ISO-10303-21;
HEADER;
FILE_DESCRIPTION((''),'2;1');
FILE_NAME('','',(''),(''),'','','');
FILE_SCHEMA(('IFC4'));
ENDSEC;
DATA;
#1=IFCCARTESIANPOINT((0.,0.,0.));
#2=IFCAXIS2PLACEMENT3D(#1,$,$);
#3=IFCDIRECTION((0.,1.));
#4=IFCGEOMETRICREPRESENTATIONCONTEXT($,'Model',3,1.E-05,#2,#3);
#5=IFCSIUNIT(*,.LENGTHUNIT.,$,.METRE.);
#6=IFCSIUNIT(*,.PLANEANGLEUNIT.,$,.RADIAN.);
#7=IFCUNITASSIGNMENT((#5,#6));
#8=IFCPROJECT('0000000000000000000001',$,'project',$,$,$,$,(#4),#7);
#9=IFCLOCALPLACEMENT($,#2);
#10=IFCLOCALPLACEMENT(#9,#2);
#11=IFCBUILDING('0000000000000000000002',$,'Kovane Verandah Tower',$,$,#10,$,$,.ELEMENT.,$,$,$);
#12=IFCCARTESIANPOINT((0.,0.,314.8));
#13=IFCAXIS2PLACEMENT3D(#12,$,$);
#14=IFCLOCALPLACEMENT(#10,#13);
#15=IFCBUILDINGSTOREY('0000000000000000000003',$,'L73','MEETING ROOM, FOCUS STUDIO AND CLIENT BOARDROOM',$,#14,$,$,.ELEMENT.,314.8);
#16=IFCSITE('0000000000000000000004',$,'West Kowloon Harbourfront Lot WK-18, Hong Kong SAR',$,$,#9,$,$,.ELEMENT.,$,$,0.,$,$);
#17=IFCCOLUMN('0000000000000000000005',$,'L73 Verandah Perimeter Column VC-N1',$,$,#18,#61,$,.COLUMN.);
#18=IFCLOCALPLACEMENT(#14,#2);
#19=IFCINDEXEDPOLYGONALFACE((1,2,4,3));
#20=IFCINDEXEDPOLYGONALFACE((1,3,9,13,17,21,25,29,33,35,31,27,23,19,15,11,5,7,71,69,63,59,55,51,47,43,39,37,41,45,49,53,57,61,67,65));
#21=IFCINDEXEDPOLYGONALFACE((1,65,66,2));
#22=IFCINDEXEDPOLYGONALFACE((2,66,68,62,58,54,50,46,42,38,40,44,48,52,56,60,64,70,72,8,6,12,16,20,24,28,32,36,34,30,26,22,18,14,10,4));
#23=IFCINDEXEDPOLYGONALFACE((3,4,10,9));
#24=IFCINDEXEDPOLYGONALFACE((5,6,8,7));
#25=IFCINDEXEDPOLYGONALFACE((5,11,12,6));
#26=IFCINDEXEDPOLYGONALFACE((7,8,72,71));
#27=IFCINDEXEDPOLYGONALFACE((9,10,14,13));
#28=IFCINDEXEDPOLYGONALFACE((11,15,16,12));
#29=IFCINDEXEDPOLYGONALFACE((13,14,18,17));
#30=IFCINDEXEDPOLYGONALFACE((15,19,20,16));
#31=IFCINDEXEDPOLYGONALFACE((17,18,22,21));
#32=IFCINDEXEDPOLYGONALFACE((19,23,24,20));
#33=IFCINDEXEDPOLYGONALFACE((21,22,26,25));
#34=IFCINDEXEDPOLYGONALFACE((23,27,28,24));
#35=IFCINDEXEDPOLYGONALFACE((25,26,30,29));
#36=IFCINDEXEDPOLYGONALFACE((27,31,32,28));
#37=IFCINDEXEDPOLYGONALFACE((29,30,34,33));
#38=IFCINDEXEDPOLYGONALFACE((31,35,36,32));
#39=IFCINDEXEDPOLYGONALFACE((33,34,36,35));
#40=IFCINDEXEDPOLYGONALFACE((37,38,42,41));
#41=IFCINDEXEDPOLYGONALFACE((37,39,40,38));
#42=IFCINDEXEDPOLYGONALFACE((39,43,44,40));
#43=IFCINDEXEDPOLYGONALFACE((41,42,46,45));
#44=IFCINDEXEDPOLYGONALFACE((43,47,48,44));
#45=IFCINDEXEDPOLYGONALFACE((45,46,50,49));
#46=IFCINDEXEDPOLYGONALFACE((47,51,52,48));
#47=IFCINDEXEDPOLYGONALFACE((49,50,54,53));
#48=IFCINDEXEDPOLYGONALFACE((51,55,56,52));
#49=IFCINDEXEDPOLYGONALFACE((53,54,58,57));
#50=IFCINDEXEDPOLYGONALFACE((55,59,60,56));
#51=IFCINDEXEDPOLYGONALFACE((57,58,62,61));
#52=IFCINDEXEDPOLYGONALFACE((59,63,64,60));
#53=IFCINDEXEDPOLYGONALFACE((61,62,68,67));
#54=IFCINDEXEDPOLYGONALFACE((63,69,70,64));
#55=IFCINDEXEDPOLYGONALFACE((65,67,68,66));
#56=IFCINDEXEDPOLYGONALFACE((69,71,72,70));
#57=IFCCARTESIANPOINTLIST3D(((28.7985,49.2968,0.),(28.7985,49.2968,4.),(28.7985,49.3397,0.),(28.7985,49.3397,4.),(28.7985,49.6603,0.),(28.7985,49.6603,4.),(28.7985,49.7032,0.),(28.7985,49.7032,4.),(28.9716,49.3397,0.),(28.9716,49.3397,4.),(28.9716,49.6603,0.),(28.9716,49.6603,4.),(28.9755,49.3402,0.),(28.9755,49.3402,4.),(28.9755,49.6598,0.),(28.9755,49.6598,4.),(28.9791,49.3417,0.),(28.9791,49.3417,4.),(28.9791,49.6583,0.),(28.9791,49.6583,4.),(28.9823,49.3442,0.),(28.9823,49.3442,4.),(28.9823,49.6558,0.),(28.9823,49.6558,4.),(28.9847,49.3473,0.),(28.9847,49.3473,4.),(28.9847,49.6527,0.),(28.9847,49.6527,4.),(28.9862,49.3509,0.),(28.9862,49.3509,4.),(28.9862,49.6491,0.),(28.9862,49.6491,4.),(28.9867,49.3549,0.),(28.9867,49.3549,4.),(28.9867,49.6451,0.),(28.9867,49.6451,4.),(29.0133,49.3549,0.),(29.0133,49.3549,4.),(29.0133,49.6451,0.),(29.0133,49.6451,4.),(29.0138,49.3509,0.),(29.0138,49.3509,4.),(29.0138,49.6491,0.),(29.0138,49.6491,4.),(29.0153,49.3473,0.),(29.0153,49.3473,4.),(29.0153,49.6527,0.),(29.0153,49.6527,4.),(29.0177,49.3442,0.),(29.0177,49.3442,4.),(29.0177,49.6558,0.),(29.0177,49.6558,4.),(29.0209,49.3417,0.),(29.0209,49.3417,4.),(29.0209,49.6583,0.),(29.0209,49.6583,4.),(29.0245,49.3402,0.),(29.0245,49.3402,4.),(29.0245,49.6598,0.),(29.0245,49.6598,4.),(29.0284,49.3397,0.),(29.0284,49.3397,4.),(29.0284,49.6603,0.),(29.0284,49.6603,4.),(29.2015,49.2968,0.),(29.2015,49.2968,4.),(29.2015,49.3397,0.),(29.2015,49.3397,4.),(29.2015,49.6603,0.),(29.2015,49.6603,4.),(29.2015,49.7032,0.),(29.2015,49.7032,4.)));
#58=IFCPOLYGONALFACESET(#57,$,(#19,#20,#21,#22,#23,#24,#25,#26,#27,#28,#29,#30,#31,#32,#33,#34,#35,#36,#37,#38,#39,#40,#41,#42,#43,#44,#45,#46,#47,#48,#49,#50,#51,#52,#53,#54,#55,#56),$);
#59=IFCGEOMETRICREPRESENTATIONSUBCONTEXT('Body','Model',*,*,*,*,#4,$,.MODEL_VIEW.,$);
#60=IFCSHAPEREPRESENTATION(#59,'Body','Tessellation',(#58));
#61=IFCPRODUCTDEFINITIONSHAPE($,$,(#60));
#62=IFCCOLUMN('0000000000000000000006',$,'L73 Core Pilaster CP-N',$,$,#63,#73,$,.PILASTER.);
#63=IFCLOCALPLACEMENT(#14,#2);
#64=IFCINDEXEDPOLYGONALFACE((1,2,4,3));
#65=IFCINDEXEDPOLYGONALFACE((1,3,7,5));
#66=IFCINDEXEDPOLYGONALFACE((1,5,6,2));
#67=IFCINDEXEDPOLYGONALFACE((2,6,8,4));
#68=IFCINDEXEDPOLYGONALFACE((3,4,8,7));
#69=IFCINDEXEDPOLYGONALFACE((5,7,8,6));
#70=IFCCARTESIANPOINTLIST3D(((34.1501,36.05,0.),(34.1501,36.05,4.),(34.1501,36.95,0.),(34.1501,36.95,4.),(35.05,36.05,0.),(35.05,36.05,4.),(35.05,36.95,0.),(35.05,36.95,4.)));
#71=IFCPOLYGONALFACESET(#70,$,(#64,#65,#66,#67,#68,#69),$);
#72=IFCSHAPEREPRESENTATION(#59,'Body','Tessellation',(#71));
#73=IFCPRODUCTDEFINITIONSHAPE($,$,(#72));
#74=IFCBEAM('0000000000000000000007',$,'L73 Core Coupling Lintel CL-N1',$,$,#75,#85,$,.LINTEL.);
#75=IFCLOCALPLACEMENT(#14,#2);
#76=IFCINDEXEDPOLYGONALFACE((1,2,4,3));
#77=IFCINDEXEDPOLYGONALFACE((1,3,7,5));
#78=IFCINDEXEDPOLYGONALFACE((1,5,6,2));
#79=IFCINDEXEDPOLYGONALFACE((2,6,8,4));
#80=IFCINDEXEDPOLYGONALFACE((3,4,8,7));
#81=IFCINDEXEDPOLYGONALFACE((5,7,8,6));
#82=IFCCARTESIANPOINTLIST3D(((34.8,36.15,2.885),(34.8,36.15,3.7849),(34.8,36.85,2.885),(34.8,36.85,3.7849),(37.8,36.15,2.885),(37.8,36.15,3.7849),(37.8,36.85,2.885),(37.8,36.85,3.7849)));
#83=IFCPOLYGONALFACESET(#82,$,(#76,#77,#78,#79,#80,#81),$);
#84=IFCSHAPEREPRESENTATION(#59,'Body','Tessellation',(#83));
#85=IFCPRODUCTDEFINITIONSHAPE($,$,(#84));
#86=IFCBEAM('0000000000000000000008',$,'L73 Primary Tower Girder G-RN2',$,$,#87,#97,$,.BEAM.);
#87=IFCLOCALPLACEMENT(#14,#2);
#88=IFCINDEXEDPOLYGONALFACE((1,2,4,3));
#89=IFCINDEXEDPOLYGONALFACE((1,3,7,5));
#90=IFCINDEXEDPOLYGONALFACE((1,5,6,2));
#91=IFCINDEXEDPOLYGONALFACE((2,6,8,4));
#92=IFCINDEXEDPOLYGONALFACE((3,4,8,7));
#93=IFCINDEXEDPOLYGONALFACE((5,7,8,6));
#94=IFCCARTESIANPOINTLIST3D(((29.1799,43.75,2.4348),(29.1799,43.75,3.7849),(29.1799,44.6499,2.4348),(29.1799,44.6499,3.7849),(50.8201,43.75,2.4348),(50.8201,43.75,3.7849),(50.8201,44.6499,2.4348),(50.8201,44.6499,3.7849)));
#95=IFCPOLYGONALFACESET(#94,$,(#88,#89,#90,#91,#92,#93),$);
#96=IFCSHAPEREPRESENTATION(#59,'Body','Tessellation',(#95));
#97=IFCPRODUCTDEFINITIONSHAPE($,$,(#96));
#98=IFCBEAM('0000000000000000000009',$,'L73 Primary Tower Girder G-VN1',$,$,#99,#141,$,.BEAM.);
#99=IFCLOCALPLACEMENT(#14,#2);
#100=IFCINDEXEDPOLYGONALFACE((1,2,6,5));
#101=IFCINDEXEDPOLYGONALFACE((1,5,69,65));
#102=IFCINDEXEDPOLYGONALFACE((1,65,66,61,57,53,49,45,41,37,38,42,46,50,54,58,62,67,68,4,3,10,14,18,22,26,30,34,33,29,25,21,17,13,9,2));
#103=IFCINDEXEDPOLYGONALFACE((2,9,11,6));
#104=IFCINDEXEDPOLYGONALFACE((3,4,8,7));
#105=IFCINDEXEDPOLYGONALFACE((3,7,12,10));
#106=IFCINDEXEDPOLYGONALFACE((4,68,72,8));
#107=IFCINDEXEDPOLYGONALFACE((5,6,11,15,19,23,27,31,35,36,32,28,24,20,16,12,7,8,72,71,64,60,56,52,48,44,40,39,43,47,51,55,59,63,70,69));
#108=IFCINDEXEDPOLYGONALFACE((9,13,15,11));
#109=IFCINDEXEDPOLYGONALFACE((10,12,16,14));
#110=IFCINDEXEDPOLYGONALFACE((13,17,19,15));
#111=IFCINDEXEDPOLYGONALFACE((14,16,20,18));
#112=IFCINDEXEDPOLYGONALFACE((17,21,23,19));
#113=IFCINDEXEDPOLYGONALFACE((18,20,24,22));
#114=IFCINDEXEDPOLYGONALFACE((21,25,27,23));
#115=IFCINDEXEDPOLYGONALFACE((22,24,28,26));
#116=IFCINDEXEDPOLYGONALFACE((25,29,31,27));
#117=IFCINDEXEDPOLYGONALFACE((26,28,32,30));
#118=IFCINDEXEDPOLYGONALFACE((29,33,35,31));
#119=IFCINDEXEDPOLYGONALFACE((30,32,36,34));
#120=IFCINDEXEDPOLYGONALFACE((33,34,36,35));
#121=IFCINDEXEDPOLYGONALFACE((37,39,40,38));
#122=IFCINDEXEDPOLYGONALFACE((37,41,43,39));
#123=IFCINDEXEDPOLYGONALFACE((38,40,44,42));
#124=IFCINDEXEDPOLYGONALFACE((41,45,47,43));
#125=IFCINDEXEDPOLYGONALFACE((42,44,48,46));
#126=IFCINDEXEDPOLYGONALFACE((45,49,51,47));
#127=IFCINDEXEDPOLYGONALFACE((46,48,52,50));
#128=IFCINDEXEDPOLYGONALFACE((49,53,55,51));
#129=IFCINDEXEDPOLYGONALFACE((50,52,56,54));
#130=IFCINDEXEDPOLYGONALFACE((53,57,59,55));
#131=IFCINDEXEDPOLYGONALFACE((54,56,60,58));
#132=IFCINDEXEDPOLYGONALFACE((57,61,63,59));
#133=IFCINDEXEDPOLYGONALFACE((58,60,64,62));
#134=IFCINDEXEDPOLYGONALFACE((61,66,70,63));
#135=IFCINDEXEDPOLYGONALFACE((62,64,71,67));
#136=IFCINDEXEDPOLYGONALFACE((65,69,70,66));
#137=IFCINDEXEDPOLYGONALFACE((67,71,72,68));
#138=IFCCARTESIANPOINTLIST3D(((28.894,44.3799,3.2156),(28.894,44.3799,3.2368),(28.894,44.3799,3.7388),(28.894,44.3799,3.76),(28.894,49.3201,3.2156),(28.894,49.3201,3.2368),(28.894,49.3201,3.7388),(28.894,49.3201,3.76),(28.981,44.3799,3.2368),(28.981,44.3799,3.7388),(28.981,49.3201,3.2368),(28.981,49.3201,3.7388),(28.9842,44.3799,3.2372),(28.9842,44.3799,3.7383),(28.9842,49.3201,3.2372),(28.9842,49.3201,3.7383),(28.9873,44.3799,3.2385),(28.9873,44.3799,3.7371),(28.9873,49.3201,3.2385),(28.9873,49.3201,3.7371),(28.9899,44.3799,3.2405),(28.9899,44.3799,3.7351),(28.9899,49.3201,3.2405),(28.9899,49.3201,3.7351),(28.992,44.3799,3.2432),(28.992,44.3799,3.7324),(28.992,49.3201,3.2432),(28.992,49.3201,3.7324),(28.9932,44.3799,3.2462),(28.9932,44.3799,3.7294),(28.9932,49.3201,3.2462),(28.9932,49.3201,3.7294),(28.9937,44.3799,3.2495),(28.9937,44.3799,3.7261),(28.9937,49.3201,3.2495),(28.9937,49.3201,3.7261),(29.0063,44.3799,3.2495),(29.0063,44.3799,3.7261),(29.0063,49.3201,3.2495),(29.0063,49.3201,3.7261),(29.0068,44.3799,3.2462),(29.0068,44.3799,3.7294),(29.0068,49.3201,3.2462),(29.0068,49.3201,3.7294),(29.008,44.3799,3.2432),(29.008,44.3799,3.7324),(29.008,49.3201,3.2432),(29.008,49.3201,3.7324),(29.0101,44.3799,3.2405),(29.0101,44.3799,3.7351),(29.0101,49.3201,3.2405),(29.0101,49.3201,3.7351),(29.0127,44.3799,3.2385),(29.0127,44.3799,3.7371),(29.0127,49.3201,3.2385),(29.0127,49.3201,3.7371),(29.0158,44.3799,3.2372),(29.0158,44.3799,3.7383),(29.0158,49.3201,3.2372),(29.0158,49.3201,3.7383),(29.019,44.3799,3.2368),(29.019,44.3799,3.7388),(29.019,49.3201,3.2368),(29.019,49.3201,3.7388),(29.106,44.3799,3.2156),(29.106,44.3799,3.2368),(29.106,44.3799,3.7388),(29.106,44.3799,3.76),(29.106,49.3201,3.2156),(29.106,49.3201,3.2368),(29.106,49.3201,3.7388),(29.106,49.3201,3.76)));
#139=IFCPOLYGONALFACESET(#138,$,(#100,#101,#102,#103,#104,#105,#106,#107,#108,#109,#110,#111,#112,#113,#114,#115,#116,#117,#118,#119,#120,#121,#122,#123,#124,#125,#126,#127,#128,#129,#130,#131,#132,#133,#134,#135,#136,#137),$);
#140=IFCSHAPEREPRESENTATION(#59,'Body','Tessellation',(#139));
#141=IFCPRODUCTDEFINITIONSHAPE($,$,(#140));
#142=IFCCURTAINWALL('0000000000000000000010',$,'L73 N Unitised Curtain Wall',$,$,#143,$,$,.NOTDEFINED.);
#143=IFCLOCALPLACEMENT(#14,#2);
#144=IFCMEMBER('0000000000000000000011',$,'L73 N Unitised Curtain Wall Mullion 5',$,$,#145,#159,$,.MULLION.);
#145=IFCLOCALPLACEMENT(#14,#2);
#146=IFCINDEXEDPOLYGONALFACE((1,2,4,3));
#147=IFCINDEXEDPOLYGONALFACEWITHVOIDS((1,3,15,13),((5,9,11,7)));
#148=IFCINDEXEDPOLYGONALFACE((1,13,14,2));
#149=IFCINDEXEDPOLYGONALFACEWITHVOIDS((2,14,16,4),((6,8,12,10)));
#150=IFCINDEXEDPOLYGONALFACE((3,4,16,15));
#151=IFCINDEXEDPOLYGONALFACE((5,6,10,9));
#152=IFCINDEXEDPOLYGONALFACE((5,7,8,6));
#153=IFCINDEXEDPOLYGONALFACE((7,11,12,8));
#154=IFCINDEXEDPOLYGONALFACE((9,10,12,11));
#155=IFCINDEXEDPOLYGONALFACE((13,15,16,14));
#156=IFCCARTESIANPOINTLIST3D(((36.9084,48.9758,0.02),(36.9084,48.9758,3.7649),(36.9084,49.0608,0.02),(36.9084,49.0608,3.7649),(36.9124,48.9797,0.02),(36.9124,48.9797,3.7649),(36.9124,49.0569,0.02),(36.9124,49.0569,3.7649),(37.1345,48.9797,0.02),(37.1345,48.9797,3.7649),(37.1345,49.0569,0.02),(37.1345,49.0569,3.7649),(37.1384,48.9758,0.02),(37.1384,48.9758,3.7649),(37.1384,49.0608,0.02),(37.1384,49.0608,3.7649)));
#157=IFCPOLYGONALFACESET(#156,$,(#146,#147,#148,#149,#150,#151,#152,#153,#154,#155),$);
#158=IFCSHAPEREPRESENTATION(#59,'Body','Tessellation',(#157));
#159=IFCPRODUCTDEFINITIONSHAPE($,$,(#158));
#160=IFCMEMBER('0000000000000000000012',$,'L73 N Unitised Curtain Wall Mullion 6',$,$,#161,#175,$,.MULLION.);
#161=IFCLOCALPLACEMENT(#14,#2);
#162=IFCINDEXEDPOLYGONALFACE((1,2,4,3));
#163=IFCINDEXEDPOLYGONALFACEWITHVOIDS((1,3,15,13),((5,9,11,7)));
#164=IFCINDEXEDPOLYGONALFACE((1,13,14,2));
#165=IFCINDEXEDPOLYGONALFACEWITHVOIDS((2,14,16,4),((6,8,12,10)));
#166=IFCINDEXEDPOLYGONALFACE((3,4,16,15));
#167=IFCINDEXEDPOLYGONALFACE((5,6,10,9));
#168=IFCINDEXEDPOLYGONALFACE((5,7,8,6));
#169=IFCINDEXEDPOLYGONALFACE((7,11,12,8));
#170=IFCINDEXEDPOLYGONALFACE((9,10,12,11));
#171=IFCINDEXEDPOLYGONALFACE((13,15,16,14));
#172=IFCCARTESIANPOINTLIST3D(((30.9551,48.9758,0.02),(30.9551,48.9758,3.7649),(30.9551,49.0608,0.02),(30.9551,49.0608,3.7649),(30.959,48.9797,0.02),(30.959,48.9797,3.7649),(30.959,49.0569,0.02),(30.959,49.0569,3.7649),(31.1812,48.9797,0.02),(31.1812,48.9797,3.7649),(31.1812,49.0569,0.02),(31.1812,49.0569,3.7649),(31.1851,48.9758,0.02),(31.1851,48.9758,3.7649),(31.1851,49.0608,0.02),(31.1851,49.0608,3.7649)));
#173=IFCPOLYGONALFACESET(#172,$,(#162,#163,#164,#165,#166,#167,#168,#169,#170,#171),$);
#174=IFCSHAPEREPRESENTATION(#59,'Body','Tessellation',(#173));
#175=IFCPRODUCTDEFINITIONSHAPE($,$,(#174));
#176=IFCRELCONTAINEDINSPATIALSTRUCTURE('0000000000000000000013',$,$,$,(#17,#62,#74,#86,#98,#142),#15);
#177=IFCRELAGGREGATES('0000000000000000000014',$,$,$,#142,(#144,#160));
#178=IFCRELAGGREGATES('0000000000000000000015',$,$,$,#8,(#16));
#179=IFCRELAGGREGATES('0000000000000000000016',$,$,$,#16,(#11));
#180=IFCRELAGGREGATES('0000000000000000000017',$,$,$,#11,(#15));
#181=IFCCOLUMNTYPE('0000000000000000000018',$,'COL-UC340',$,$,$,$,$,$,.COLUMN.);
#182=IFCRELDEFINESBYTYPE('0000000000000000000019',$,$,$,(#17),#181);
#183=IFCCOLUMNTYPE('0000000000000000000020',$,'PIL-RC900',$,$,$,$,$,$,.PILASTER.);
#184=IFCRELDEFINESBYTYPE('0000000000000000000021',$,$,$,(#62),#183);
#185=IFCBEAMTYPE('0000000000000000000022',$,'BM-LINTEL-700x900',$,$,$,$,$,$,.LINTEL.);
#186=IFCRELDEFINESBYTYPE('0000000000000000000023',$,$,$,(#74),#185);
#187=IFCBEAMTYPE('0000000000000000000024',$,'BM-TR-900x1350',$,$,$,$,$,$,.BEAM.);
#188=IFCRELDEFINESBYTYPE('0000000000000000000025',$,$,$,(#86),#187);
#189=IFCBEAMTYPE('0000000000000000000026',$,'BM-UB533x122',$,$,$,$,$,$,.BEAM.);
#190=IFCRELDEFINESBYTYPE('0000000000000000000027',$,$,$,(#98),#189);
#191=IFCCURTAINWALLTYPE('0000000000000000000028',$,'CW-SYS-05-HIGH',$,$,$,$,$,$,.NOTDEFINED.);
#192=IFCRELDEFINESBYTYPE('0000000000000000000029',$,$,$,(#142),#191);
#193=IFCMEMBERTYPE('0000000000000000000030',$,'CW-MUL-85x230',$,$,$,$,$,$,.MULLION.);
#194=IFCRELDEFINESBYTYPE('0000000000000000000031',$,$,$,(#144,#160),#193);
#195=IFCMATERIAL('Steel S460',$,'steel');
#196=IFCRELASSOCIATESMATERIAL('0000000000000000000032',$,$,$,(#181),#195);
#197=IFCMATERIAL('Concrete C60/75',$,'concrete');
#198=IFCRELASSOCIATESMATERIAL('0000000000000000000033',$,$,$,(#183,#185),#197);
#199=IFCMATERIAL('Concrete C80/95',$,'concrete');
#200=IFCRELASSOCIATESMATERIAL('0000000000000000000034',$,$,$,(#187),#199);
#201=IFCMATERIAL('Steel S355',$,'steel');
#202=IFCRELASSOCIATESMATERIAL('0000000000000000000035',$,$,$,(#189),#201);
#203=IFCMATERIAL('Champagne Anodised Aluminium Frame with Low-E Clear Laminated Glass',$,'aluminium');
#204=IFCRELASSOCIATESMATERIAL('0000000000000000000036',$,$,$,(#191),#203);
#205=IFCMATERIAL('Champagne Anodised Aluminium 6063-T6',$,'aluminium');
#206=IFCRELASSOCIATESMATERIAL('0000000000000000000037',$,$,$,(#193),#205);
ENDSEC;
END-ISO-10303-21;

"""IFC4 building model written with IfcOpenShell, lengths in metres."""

from ifc_helpers import new_model, si_unit, direction, frame, origin, origin_2d, place, context, subcontext, project, spatial, rectangle, hollow_rectangle, i_section, extrude, material, material_profile, profile_set, type_object, element, aggregate, save


model = new_model("IFC4")

# Units and contexts
model_context = context("Model", 3, precision=1e-05, world=origin(), true_north=direction((0.0, 1.0)))
body_context = subcontext(model_context, "Body", "Model", "MODEL_VIEW")
ifc_project = project(units=[si_unit("LENGTHUNIT", "METRE"), si_unit("PLANEANGLEUNIT", "RADIAN")], contexts=[model_context])

# Site, building, storey
site_placement = place(None, origin())
site = spatial("IfcSite", under=ifc_project, at=site_placement, Name="West Kowloon Harbourfront Lot WK-18, Hong Kong SAR", CompositionType="ELEMENT", RefElevation=0.0)
building_placement = place(site_placement, origin())
building = spatial("IfcBuilding", under=site, at=building_placement, Name="Kovane Verandah Tower", CompositionType="ELEMENT")
storey_placement = place(building_placement, frame((0.0, 0.0, 314.8)))
storey = spatial("IfcBuildingStorey", under=building, at=storey_placement, Name="L73", Description="MEETING ROOM, FOCUS STUDIO AND CLIENT BOARDROOM", CompositionType="ELEMENT", Elevation=314.8)

# Columns
ifc_material_1 = material(Name="Steel S460", Category="steel")
ifc_material_profile_1 = material_profile(ifc_material_1, i_section(OverallWidth=0.4031, OverallDepth=0.4065, WebThickness=0.0266, FlangeThickness=0.043, FilletRadius=0.0151, at=origin_2d()), Name="UC356x406x340")
ifc_profile_set_1 = profile_set([ifc_material_profile_1], Name="Steel S460")
column_type_1 = type_object("IfcColumnType", Name="COL-UC340", PredefinedType="COLUMN", material=ifc_profile_set_1)
column_1_placement = place(storey_placement, frame((29.0, 49.5, 0.0), z_axis=(0.0, 0.0, 1.0), x_axis=(1.0, 0.0, 0.0)))
element("IfcColumn", 1, at=column_1_placement, inside=storey, type_object=column_type_1, Name="L73 Verandah Perimeter Column VC-N1", PredefinedType="COLUMN", context=body_context, shape_type="SweptSolid", body=[
    extrude(i_section(OverallWidth=0.4031, OverallDepth=0.4065, WebThickness=0.0266, FlangeThickness=0.043, FilletRadius=0.0151, at=origin_2d()), origin(), (0.0, 0.0, 1.0), 4.0),
])
ifc_material_2 = material(Name="Concrete C60/75", Category="concrete")
ifc_material_profile_2 = material_profile(ifc_material_2, rectangle(XDim=0.8999, YDim=0.8999, at=origin_2d()), Name="RC900x900")
ifc_profile_set_2 = profile_set([ifc_material_profile_2], Name="Concrete C60/75")
column_type_2 = type_object("IfcColumnType", Name="PIL-RC900", PredefinedType="PILASTER", material=ifc_profile_set_2)
column_2_placement = place(storey_placement, frame((34.6001, 36.5, 0.0), z_axis=(0.0, 0.0, 1.0), x_axis=(1.0, 0.0, 0.0)))
element("IfcColumn", 2, at=column_2_placement, inside=storey, type_object=column_type_2, Name="L73 Core Pilaster CP-N", PredefinedType="PILASTER", context=body_context, shape_type="SweptSolid", body=[
    extrude(rectangle(XDim=0.8999, YDim=0.8999, at=origin_2d()), origin(), (0.0, 0.0, 1.0), 4.0),
])

# Beams
ifc_material_profile_3 = material_profile(ifc_material_2, rectangle(XDim=0.7, YDim=0.8999, at=origin_2d()), Name="RCB700x900")
ifc_profile_set_3 = profile_set([ifc_material_profile_3], Name="Concrete C60/75")
beam_type_1 = type_object("IfcBeamType", Name="BM-LINTEL-700x900", PredefinedType="LINTEL", material=ifc_profile_set_3)
beam_1_placement = place(storey_placement, frame((34.8, 36.5, 3.335), z_axis=(1.0, 0.0, 0.0), x_axis=(0.0, 1.0, 0.0)))
element("IfcBeam", 3, at=beam_1_placement, inside=storey, type_object=beam_type_1, Name="L73 Core Coupling Lintel CL-N1", PredefinedType="LINTEL", context=body_context, shape_type="SweptSolid", body=[
    extrude(rectangle(XDim=0.7, YDim=0.8999, at=origin_2d()), origin(), (0.0, 0.0, 1.0), 3.0),
])
ifc_material_3 = material(Name="Concrete C80/95", Category="concrete")
ifc_material_profile_4 = material_profile(ifc_material_3, rectangle(XDim=0.8999, YDim=1.3501, at=origin_2d()), Name="RCB900x1350")
ifc_profile_set_4 = profile_set([ifc_material_profile_4], Name="Concrete C80/95")
beam_type_2 = type_object("IfcBeamType", Name="BM-TR-900x1350", PredefinedType="BEAM", material=ifc_profile_set_4)
beam_2_placement = place(storey_placement, frame((29.1799, 44.2, 3.1099), z_axis=(1.0, 0.0, 0.0), x_axis=(0.0, 1.0, 0.0)))
element("IfcBeam", 4, at=beam_2_placement, inside=storey, type_object=beam_type_2, Name="L73 Primary Tower Girder G-RN2", PredefinedType="BEAM", context=body_context, shape_type="SweptSolid", body=[
    extrude(rectangle(XDim=0.8999, YDim=1.3501, at=origin_2d()), origin(), (0.0, 0.0, 1.0), 21.6401),
])
ifc_material_4 = material(Name="Steel S355", Category="steel")
ifc_material_profile_5 = material_profile(ifc_material_4, i_section(OverallWidth=0.2119, OverallDepth=0.5444, WebThickness=0.0127, FlangeThickness=0.0212, FilletRadius=0.0127, at=origin_2d()), Name="UB533x210x122")
ifc_profile_set_5 = profile_set([ifc_material_profile_5], Name="Steel S355")
beam_type_3 = type_object("IfcBeamType", Name="BM-UB533x122", PredefinedType="BEAM", material=ifc_profile_set_5)
beam_3_placement = place(storey_placement, frame((29.0, 44.3799, 3.4878), z_axis=(0.0, 1.0, 0.0), x_axis=(-1.0, 0.0, 0.0)))
element("IfcBeam", 5, at=beam_3_placement, inside=storey, type_object=beam_type_3, Name="L73 Primary Tower Girder G-VN1", PredefinedType="BEAM", context=body_context, shape_type="SweptSolid", body=[
    extrude(i_section(OverallWidth=0.2119, OverallDepth=0.5444, WebThickness=0.0127, FlangeThickness=0.0212, FilletRadius=0.0127, at=origin_2d()), origin(), (0.0, 0.0, 1.0), 4.9402),
])

# Curtain wall, members
ifc_material_5 = material(Name="Champagne Anodised Aluminium Frame with Low-E Clear Laminated Glass", Category="aluminium")
curtain_wall_type = type_object("IfcCurtainWallType", Name="CW-SYS-05-HIGH", PredefinedType="NOTDEFINED", material=ifc_material_5)
curtain_wall_placement = place(storey_placement, origin())
curtain_wall = element("IfcCurtainWall", 6, at=curtain_wall_placement, inside=storey, type_object=curtain_wall_type, Name="L73 N Unitised Curtain Wall", PredefinedType="NOTDEFINED")
ifc_material_6 = material(Name="Champagne Anodised Aluminium 6063-T6", Category="aluminium")
ifc_material_profile_6 = material_profile(ifc_material_6, hollow_rectangle(XDim=0.085, YDim=0.23, WallThickness=0.0039, at=origin_2d()), Name="AL85x230x4")
ifc_profile_set_6 = profile_set([ifc_material_profile_6], Name="Champagne Anodised Aluminium 6063-T6")
member_type_1 = type_object("IfcMemberType", Name="CW-MUL-85x230", PredefinedType="MULLION", material=ifc_profile_set_6)
member_1_placement = place(storey_placement, frame((37.0234, 49.0183, 0.02), z_axis=(0.0, 0.0, 1.0), x_axis=(0.0, 1.0, 0.0)))
member_1 = element("IfcMember", 7, at=member_1_placement, type_object=member_type_1, Name="L73 N Unitised Curtain Wall Mullion 5", PredefinedType="MULLION", context=body_context, shape_type="SweptSolid", body=[
    extrude(hollow_rectangle(XDim=0.085, YDim=0.23, WallThickness=0.0039, at=origin_2d()), origin(), (0.0, 0.0, 1.0), 3.7449),
])
member_2_placement = place(storey_placement, frame((31.0701, 49.0183, 0.02), z_axis=(0.0, 0.0, 1.0), x_axis=(0.0, 1.0, 0.0)))
member_2 = element("IfcMember", 8, at=member_2_placement, type_object=member_type_1, Name="L73 N Unitised Curtain Wall Mullion 6", PredefinedType="MULLION", context=body_context, shape_type="SweptSolid", body=[
    extrude(hollow_rectangle(XDim=0.085, YDim=0.23, WallThickness=0.0039, at=origin_2d()), origin(), (0.0, 0.0, 1.0), 3.7449),
])

aggregate(curtain_wall, [member_1, member_2])

save(model, "model.ifc")
